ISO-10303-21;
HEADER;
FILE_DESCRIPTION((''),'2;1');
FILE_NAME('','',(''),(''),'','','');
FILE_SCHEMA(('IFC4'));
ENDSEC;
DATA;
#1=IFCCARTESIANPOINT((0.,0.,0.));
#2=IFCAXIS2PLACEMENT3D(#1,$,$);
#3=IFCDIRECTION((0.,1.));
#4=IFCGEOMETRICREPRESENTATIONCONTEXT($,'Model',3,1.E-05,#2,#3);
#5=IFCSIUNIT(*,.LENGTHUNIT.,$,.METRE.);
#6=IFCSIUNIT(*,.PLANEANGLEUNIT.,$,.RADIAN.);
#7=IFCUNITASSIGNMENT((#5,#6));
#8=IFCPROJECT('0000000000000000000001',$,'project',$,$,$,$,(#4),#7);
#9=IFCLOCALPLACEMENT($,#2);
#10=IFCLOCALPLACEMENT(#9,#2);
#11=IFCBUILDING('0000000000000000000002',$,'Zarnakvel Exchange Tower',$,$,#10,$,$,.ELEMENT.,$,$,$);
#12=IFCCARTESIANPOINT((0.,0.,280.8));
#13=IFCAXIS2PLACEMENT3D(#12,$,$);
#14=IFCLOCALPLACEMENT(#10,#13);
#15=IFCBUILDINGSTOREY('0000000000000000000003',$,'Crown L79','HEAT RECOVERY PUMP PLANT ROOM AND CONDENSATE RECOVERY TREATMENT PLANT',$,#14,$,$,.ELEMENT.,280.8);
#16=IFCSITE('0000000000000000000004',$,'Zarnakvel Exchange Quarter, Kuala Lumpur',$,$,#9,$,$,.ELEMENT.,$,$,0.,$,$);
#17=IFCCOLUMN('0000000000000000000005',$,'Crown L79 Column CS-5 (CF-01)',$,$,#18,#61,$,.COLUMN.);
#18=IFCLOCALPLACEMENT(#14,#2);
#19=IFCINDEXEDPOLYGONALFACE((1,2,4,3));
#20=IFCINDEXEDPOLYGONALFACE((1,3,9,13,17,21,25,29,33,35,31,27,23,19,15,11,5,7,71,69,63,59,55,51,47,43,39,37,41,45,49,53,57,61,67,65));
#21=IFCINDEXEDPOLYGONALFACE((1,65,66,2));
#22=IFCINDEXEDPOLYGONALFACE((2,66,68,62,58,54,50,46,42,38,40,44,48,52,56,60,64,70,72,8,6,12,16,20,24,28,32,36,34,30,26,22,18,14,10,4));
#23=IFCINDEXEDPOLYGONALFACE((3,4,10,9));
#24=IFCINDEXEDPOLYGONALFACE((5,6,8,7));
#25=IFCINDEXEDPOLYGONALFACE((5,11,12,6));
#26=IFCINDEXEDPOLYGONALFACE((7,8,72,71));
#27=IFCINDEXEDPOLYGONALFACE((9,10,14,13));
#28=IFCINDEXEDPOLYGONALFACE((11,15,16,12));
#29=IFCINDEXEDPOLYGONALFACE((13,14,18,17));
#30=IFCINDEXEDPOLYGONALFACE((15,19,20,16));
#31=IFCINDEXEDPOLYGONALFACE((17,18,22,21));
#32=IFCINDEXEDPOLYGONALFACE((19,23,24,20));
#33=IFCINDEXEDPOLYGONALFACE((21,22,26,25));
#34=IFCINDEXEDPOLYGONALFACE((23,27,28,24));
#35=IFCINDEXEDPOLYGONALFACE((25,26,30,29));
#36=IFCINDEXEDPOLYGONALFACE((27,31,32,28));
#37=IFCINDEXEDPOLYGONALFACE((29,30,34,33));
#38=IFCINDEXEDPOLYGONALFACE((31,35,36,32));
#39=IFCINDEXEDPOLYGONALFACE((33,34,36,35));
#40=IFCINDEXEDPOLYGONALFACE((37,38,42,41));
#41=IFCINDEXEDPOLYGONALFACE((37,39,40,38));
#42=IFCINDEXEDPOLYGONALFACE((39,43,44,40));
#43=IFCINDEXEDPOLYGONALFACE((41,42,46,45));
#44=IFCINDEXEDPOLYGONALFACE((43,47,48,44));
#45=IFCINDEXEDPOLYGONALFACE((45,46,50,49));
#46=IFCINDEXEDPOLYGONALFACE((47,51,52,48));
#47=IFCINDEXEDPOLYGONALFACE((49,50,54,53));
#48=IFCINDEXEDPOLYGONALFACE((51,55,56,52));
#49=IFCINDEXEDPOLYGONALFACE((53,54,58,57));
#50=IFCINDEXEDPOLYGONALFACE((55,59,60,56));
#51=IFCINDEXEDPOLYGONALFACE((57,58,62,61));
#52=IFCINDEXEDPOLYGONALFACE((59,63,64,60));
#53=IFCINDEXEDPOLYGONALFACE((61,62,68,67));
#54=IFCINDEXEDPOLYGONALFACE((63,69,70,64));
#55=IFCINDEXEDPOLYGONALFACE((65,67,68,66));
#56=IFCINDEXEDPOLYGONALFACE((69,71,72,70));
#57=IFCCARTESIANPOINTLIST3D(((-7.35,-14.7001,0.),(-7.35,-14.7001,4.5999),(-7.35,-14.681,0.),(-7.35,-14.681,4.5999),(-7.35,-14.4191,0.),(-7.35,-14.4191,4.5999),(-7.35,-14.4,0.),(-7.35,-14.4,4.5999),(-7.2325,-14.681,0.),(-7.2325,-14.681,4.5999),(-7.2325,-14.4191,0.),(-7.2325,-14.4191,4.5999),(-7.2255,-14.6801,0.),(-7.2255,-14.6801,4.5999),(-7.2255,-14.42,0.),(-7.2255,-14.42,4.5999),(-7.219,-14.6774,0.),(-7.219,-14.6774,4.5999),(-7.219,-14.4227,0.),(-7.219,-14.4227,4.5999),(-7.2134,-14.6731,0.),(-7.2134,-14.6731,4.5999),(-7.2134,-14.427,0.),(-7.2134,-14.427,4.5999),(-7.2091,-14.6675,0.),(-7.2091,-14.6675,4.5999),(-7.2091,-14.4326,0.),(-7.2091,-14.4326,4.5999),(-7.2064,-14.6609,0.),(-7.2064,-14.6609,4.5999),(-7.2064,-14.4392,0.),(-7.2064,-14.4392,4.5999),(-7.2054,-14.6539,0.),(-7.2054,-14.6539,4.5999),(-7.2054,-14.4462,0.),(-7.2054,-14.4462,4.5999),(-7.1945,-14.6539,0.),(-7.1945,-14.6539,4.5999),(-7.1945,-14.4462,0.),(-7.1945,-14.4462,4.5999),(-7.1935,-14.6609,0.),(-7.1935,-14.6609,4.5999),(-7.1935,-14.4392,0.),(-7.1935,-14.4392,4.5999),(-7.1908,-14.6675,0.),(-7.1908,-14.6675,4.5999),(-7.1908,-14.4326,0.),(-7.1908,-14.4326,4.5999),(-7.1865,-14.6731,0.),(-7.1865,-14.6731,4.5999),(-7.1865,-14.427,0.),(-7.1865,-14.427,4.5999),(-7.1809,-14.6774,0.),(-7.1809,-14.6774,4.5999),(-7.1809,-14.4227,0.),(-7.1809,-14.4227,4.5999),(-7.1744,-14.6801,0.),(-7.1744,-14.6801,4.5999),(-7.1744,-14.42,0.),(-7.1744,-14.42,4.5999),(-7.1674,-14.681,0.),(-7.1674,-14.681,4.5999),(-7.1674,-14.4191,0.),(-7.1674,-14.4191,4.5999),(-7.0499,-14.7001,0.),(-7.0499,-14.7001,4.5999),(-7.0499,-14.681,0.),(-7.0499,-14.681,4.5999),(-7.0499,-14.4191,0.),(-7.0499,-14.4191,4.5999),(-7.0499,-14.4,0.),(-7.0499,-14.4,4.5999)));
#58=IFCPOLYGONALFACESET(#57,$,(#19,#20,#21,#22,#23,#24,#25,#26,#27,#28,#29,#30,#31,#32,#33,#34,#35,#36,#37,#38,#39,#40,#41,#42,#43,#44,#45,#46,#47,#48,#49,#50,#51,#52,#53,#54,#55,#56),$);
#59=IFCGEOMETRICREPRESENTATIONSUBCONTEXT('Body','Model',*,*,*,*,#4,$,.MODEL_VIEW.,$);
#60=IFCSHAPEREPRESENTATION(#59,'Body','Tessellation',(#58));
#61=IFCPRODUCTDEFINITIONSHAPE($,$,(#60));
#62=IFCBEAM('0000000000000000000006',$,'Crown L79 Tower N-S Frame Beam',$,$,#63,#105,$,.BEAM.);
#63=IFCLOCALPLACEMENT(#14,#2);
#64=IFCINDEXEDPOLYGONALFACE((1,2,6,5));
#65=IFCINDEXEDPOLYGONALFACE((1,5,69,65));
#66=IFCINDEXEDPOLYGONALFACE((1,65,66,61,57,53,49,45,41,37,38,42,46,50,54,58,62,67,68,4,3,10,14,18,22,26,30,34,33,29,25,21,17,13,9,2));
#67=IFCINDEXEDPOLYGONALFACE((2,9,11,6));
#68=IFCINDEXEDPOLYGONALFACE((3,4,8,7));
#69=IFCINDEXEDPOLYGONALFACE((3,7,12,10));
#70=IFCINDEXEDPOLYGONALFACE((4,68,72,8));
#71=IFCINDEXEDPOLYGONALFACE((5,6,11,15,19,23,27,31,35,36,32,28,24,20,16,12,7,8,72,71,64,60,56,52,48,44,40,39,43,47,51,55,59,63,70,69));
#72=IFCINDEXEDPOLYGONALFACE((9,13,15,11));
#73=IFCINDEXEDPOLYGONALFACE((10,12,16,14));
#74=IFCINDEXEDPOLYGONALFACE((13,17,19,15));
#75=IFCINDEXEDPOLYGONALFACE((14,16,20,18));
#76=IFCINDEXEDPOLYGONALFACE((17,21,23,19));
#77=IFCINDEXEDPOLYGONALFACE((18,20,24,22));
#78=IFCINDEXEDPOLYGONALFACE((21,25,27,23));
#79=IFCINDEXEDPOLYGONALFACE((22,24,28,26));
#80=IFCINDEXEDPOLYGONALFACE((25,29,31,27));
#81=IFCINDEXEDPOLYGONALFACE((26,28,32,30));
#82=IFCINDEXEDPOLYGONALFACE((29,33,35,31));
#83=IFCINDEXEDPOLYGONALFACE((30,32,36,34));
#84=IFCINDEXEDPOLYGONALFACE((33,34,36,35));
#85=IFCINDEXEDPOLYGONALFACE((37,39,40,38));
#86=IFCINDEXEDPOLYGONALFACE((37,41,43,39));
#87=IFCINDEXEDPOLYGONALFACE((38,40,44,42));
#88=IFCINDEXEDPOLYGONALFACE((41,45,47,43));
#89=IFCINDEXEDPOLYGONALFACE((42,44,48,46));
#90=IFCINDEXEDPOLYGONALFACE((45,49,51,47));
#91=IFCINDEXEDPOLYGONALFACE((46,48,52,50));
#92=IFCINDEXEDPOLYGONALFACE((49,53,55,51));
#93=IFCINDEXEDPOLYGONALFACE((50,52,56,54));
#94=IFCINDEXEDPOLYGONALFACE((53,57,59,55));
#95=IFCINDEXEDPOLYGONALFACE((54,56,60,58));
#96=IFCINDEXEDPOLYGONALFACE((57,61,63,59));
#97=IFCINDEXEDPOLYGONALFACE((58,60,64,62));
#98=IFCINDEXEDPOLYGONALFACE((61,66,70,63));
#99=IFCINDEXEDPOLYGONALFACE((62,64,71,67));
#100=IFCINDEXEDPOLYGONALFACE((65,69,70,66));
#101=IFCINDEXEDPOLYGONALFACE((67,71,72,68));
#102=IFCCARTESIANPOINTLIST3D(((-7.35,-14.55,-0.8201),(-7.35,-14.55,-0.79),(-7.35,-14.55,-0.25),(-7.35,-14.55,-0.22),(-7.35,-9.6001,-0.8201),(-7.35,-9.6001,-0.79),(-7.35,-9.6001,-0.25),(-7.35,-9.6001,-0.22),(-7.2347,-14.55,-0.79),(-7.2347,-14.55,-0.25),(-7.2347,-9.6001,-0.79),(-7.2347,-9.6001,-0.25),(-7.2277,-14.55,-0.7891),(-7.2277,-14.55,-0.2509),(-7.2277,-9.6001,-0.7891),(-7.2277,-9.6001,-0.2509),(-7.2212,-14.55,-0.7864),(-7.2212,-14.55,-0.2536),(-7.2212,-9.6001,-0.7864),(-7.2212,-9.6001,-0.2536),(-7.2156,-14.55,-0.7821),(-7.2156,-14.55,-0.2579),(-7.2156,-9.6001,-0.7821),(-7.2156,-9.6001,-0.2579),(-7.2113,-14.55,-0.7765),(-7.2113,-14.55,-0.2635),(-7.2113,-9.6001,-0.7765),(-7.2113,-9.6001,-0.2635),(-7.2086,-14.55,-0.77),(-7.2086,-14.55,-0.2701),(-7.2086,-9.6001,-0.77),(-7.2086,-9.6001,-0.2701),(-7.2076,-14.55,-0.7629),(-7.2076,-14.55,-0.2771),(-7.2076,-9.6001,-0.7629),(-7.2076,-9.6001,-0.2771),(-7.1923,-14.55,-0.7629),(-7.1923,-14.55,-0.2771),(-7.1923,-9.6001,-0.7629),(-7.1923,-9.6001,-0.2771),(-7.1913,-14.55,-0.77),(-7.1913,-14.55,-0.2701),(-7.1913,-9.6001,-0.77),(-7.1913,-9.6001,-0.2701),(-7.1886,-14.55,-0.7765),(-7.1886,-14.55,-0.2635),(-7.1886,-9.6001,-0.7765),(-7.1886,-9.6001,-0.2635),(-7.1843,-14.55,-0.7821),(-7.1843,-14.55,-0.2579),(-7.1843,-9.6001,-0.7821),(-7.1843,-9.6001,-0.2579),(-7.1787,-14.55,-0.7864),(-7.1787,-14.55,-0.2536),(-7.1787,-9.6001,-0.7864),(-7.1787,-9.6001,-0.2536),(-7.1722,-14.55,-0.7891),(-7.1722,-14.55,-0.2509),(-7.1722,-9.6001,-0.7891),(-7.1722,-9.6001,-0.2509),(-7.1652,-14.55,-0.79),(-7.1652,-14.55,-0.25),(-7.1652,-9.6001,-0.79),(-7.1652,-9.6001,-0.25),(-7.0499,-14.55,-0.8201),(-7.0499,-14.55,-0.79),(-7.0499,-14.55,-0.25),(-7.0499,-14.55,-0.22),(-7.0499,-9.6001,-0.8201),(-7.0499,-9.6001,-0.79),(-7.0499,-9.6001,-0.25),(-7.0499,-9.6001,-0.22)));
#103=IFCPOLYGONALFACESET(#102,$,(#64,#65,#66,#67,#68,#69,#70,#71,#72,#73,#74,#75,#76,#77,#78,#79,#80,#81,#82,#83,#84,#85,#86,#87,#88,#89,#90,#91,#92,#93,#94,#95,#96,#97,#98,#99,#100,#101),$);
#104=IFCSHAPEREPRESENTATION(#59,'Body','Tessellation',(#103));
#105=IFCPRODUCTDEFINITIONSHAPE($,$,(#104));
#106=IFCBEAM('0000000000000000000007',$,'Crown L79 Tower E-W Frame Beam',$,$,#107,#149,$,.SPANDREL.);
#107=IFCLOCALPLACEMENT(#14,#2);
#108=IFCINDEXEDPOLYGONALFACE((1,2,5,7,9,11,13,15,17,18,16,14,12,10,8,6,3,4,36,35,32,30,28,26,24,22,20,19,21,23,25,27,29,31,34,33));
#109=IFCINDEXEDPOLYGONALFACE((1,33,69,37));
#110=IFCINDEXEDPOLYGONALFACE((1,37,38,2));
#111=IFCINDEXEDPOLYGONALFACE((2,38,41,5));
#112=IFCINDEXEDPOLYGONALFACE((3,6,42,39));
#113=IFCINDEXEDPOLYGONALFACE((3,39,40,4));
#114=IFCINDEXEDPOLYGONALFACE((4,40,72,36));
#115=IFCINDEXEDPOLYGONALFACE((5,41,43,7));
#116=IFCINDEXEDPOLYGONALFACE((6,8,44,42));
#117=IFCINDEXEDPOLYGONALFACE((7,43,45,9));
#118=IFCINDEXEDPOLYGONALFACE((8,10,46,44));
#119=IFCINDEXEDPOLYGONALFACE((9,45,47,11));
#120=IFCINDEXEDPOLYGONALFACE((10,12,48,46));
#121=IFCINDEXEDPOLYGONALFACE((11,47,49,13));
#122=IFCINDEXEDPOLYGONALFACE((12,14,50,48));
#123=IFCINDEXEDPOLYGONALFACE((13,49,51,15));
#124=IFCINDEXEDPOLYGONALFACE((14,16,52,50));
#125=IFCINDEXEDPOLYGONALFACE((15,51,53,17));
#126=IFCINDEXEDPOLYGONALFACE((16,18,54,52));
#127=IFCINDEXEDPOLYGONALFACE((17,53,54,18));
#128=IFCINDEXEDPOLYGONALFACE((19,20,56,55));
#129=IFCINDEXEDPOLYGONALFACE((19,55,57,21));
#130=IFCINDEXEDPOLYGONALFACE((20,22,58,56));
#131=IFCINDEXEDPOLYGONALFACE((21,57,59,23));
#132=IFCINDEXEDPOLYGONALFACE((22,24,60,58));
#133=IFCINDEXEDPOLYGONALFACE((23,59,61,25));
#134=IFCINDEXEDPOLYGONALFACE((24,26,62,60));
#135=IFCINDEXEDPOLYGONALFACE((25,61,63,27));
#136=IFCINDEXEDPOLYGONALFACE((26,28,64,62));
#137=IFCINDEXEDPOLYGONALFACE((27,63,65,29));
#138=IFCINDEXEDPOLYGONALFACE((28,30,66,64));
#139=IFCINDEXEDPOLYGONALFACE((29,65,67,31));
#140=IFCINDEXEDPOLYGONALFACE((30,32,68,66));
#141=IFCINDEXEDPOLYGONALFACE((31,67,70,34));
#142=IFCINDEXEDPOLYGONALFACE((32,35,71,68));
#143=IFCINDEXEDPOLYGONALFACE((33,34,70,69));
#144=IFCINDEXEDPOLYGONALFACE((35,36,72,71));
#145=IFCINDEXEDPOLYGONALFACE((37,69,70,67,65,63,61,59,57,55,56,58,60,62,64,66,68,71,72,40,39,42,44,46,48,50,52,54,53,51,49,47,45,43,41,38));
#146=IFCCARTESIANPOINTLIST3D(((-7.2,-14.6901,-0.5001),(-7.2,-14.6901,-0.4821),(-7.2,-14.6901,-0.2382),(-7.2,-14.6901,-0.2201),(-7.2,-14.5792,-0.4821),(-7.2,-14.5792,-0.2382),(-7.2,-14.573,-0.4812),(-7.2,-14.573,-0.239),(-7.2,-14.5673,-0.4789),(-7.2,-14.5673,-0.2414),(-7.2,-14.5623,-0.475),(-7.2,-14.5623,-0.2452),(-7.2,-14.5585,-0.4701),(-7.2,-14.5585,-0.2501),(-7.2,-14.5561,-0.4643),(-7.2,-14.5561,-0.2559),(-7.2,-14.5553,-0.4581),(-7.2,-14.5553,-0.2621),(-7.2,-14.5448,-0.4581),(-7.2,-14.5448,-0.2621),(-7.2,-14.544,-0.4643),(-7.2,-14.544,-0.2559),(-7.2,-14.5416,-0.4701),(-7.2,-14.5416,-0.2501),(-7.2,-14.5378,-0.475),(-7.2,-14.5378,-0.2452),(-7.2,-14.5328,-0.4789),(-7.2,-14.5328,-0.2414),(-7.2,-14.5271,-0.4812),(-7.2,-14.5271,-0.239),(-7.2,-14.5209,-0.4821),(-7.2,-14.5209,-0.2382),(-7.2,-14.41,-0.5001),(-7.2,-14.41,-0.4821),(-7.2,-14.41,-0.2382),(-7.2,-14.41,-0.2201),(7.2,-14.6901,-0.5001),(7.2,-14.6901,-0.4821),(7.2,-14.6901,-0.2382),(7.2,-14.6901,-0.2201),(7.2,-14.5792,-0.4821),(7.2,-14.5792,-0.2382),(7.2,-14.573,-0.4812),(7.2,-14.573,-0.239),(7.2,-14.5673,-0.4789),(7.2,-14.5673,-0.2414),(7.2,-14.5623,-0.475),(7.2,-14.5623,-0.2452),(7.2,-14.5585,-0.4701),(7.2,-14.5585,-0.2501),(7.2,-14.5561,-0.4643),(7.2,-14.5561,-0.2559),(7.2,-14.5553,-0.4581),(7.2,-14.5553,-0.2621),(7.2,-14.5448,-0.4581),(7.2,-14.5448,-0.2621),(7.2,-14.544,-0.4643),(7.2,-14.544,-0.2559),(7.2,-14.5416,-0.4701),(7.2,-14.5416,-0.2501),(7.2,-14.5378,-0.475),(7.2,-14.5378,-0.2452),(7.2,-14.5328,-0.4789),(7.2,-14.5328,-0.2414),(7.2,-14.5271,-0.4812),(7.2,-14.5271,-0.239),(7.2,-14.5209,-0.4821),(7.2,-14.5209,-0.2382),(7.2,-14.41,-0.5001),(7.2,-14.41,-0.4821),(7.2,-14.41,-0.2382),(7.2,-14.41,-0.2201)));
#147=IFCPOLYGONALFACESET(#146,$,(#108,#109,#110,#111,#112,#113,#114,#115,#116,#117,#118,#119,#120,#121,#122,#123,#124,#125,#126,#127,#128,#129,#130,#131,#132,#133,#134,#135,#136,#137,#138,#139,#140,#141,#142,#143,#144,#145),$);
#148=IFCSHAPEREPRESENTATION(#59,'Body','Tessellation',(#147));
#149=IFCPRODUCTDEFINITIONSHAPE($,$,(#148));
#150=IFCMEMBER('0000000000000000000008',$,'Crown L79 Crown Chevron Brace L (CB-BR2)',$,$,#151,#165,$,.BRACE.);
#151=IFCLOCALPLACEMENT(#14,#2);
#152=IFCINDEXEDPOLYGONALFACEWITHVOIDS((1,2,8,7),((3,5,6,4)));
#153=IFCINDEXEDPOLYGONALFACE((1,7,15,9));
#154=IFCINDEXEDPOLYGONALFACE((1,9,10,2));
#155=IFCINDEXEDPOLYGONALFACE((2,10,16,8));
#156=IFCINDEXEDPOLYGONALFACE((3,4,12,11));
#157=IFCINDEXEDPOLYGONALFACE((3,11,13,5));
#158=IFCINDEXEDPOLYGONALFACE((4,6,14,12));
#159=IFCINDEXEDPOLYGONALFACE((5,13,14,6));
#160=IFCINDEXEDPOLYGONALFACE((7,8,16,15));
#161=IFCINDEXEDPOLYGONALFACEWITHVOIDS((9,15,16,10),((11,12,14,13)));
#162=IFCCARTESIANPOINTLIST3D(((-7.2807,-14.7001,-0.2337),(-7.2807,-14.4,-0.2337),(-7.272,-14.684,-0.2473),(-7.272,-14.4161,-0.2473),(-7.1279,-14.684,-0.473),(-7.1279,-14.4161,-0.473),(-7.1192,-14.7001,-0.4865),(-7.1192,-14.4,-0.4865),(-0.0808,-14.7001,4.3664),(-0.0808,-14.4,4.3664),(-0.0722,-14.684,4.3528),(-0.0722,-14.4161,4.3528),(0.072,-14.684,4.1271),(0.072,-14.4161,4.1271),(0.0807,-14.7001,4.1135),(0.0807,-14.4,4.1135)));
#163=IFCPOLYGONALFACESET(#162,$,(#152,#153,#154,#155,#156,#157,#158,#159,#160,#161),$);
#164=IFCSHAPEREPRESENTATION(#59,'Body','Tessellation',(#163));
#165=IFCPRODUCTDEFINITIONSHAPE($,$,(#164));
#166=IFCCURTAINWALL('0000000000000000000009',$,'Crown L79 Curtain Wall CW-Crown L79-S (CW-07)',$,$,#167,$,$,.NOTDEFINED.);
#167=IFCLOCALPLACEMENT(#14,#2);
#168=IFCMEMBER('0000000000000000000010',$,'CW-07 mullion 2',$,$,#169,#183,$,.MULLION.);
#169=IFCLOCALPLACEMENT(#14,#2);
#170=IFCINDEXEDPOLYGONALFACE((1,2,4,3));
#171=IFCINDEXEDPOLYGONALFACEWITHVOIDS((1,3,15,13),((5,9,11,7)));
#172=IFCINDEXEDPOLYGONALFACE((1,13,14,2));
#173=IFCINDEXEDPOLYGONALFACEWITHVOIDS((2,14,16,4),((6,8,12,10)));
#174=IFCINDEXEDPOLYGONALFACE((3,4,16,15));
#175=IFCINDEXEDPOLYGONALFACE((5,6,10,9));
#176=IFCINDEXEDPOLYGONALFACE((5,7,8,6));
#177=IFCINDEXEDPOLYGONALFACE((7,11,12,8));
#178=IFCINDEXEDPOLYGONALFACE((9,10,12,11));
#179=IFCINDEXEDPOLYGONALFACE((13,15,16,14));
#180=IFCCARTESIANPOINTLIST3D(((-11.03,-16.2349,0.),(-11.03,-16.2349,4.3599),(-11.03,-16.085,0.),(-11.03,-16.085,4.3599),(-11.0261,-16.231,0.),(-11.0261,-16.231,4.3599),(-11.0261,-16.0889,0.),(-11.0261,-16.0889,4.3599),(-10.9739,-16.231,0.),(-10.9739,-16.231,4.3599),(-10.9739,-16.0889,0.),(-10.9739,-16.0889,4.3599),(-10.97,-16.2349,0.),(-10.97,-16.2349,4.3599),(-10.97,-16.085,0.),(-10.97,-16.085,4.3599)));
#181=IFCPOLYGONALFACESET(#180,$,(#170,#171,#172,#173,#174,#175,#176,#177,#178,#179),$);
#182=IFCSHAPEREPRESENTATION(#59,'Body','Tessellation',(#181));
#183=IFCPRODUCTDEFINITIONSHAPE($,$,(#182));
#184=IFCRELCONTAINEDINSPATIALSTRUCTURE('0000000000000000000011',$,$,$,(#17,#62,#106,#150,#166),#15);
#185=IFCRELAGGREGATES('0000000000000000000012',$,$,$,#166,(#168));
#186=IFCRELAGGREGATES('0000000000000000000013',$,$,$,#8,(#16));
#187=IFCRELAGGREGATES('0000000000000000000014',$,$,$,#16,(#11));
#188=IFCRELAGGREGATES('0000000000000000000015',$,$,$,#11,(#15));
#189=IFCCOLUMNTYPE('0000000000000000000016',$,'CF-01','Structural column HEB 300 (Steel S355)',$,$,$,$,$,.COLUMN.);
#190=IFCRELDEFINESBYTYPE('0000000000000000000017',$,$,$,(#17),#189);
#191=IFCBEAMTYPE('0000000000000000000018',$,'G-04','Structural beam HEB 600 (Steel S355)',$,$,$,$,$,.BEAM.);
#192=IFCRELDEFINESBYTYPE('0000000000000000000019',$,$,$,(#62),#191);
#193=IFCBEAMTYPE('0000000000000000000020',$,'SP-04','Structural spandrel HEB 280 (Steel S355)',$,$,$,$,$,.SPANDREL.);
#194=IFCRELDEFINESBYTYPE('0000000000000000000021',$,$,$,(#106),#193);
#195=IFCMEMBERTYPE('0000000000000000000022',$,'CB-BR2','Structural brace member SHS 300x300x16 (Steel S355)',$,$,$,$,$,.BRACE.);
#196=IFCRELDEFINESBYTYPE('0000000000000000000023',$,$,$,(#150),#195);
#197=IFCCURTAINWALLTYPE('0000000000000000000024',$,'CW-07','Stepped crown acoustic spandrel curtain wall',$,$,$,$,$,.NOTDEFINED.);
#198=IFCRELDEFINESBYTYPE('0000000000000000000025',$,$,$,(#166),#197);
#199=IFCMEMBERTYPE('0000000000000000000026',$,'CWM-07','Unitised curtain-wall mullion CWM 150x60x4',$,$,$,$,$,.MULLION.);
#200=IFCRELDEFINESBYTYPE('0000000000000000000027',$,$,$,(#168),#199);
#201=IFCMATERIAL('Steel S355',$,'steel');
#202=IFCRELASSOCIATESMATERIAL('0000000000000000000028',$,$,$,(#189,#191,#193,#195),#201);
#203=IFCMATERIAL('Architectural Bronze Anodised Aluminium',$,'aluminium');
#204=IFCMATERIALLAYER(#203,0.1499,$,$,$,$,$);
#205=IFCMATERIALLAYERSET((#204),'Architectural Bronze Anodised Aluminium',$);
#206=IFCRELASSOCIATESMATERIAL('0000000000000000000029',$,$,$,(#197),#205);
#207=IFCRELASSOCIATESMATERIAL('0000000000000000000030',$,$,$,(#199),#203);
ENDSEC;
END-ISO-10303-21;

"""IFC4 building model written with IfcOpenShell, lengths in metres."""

from ifc_helpers import new_model, si_unit, direction, frame, origin, origin_2d, place, context, subcontext, project, spatial, hollow_rectangle, i_section, extrude, source, transform, mapped, material, layer, layer_set, material_profile, profile_set, type_object, element, aggregate, save


model = new_model("IFC4")

# Units and contexts
model_context = context("Model", 3, precision=1e-05, world=origin(), true_north=direction((0.0, 1.0)))
body_context = subcontext(model_context, "Body", "Model", "MODEL_VIEW")
ifc_project = project(units=[si_unit("LENGTHUNIT", "METRE"), si_unit("PLANEANGLEUNIT", "RADIAN")], contexts=[model_context])

# Site, building, storey
site_placement = place(None, origin())
site = spatial("IfcSite", under=ifc_project, at=site_placement, Name="Zarnakvel Exchange Quarter, Kuala Lumpur", CompositionType="ELEMENT", RefElevation=0.0)
building_placement = place(site_placement, origin())
building = spatial("IfcBuilding", under=site, at=building_placement, Name="Zarnakvel Exchange Tower", CompositionType="ELEMENT")
storey_placement = place(building_placement, frame((0.0, 0.0, 280.8)))
storey = spatial("IfcBuildingStorey", under=building, at=storey_placement, Name="Crown L79", Description="HEAT RECOVERY PUMP PLANT ROOM AND CONDENSATE RECOVERY TREATMENT PLANT", CompositionType="ELEMENT", Elevation=280.8)

# Column
ifc_material_1 = material(Name="Steel S355", Category="steel")
ifc_material_profile_1 = material_profile(ifc_material_1, i_section(OverallWidth=0.3, OverallDepth=0.3, WebThickness=0.011, FlangeThickness=0.019, FilletRadius=0.0271, at=origin_2d()))
ifc_profile_set_1 = profile_set([ifc_material_profile_1], Name="Steel S355")
column_type = type_object("IfcColumnType", Name="CF-01", Description="Structural column HEB 300 (Steel S355)", PredefinedType="COLUMN", material=ifc_profile_set_1)
column_placement = place(storey_placement, frame((-7.2, -14.55, 0.0), z_axis=(0.0, 0.0, 1.0), x_axis=(1.0, 0.0, 0.0)))
element("IfcColumn", 1, at=column_placement, inside=storey, type_object=column_type, Name="Crown L79 Column CS-5 (CF-01)", PredefinedType="COLUMN", context=body_context, shape_type="SweptSolid", body=[
    extrude(i_section(OverallWidth=0.3, OverallDepth=0.3, WebThickness=0.011, FlangeThickness=0.019, FilletRadius=0.0271, at=origin_2d()), origin(), (0.0, 0.0, 1.0), 4.5999),
])

# Beams
ifc_material_profile_2 = material_profile(ifc_material_1, i_section(OverallWidth=0.3, OverallDepth=0.6001, WebThickness=0.0154, FlangeThickness=0.03, FilletRadius=0.0271, at=origin_2d()))
ifc_profile_set_2 = profile_set([ifc_material_profile_2], Name="Steel S355")
beam_type_1 = type_object("IfcBeamType", Name="G-04", Description="Structural beam HEB 600 (Steel S355)", PredefinedType="BEAM", material=ifc_profile_set_2)
beam_1_placement = place(storey_placement, frame((-7.2, -14.55, -0.52), z_axis=(0.0, 1.0, 0.0), x_axis=(-1.0, 0.0, 0.0)))
element("IfcBeam", 2, at=beam_1_placement, inside=storey, type_object=beam_type_1, Name="Crown L79 Tower N-S Frame Beam", PredefinedType="BEAM", context=body_context, shape_type="SweptSolid", body=[
    extrude(i_section(OverallWidth=0.3, OverallDepth=0.6001, WebThickness=0.0154, FlangeThickness=0.03, FilletRadius=0.0271, at=origin_2d()), origin(), (0.0, 0.0, 1.0), 4.95),
])
ifc_material_profile_3 = material_profile(ifc_material_1, i_section(OverallWidth=0.28, OverallDepth=0.28, WebThickness=0.0105, FlangeThickness=0.0181, FilletRadius=0.0239, at=origin_2d()))
ifc_profile_set_3 = profile_set([ifc_material_profile_3], Name="Steel S355")
beam_type_2 = type_object("IfcBeamType", Name="SP-04", Description="Structural spandrel HEB 280 (Steel S355)", PredefinedType="SPANDREL", material=ifc_profile_set_3)
beam_2_placement = place(storey_placement, frame((-7.2, -14.55, -0.3601), z_axis=(1.0, 0.0, 0.0), x_axis=(0.0, 1.0, 0.0)))
element("IfcBeam", 3, at=beam_2_placement, inside=storey, type_object=beam_type_2, Name="Crown L79 Tower E-W Frame Beam", PredefinedType="SPANDREL", context=body_context, shape_type="SweptSolid", body=[
    extrude(i_section(OverallWidth=0.28, OverallDepth=0.28, WebThickness=0.0105, FlangeThickness=0.0181, FilletRadius=0.0239, at=origin_2d()), origin(), (0.0, 0.0, 1.0), 14.3999),
])

# Member
ifc_material_profile_4 = material_profile(ifc_material_1, hollow_rectangle(XDim=0.3, YDim=0.3, WallThickness=0.0161, at=origin_2d()))
ifc_profile_set_4 = profile_set([ifc_material_profile_4], Name="Steel S355")
member_type_1 = type_object("IfcMemberType", Name="CB-BR2", Description="Structural brace member SHS 300x300x16 (Steel S355)", PredefinedType="BRACE", material=ifc_profile_set_4)
shared_shape_1 = source(origin(), body_context, "Body", "SweptSolid", [
    extrude(hollow_rectangle(XDim=0.3, YDim=0.3, WallThickness=0.0161, at=origin_2d()), origin(), (0.0, 0.0, 1.0), 8.5439),
])
member_1_placement = place(storey_placement, frame((-7.2, -14.55, -0.3601), z_axis=(0.842689, 0.0, 0.5384), x_axis=(0.0, 1.0, 0.0)))
element("IfcMember", 4, at=member_1_placement, inside=storey, type_object=member_type_1, Name="Crown L79 Crown Chevron Brace L (CB-BR2)", PredefinedType="BRACE", context=body_context, shape_type="MappedRepresentation", body=[
    mapped(shared_shape_1, transform((0.0, 0.0, 0.0), x_axis=(1.0, 0.0, 0.0), y_axis=(0.0, 1.0, 0.0), z_axis=(0.0, 0.0, 1.0), scale=1.0)),
])

# Curtain wall, member
ifc_material_2 = material(Name="Architectural Bronze Anodised Aluminium", Category="aluminium")
ifc_layer_1 = layer(ifc_material_2, 0.1499)
ifc_layer_set_1 = layer_set([ifc_layer_1], Name="Architectural Bronze Anodised Aluminium")
curtain_wall_type = type_object("IfcCurtainWallType", Name="CW-07", Description="Stepped crown acoustic spandrel curtain wall", PredefinedType="NOTDEFINED", material=ifc_layer_set_1)
curtain_wall_placement = place(storey_placement, origin())
curtain_wall = element("IfcCurtainWall", 5, at=curtain_wall_placement, inside=storey, type_object=curtain_wall_type, Name="Crown L79 Curtain Wall CW-Crown L79-S (CW-07)", PredefinedType="NOTDEFINED")
ifc_material_profile_5 = material_profile(ifc_material_2, hollow_rectangle(XDim=0.1499, YDim=0.0601, WallThickness=0.0039, at=origin_2d()))
ifc_profile_set_5 = profile_set([ifc_material_profile_5], Name="Architectural Bronze Anodised Aluminium")
member_type_2 = type_object("IfcMemberType", Name="CWM-07", Description="Unitised curtain-wall mullion CWM 150x60x4", PredefinedType="MULLION", material=ifc_profile_set_5)
shared_shape_2 = source(origin(), body_context, "Body", "SweptSolid", [
    extrude(hollow_rectangle(XDim=0.1499, YDim=0.0601, WallThickness=0.0039, at=origin_2d()), origin(), (0.0, 0.0, 1.0), 4.3599),
])
member_2_placement = place(storey_placement, frame((-11.0, -16.1599, 0.0), z_axis=(0.0, 0.0, 1.0), x_axis=(0.0, 1.0, 0.0)))
member_2 = element("IfcMember", 6, at=member_2_placement, type_object=member_type_2, Name="CW-07 mullion 2", PredefinedType="MULLION", context=body_context, shape_type="MappedRepresentation", body=[
    mapped(shared_shape_2, transform((0.0, 0.0, 0.0), x_axis=(1.0, 0.0, 0.0), y_axis=(0.0, 1.0, 0.0), z_axis=(0.0, 0.0, 1.0), scale=1.0)),
])
aggregate(curtain_wall, [member_2])

save(model, "model.ifc")
